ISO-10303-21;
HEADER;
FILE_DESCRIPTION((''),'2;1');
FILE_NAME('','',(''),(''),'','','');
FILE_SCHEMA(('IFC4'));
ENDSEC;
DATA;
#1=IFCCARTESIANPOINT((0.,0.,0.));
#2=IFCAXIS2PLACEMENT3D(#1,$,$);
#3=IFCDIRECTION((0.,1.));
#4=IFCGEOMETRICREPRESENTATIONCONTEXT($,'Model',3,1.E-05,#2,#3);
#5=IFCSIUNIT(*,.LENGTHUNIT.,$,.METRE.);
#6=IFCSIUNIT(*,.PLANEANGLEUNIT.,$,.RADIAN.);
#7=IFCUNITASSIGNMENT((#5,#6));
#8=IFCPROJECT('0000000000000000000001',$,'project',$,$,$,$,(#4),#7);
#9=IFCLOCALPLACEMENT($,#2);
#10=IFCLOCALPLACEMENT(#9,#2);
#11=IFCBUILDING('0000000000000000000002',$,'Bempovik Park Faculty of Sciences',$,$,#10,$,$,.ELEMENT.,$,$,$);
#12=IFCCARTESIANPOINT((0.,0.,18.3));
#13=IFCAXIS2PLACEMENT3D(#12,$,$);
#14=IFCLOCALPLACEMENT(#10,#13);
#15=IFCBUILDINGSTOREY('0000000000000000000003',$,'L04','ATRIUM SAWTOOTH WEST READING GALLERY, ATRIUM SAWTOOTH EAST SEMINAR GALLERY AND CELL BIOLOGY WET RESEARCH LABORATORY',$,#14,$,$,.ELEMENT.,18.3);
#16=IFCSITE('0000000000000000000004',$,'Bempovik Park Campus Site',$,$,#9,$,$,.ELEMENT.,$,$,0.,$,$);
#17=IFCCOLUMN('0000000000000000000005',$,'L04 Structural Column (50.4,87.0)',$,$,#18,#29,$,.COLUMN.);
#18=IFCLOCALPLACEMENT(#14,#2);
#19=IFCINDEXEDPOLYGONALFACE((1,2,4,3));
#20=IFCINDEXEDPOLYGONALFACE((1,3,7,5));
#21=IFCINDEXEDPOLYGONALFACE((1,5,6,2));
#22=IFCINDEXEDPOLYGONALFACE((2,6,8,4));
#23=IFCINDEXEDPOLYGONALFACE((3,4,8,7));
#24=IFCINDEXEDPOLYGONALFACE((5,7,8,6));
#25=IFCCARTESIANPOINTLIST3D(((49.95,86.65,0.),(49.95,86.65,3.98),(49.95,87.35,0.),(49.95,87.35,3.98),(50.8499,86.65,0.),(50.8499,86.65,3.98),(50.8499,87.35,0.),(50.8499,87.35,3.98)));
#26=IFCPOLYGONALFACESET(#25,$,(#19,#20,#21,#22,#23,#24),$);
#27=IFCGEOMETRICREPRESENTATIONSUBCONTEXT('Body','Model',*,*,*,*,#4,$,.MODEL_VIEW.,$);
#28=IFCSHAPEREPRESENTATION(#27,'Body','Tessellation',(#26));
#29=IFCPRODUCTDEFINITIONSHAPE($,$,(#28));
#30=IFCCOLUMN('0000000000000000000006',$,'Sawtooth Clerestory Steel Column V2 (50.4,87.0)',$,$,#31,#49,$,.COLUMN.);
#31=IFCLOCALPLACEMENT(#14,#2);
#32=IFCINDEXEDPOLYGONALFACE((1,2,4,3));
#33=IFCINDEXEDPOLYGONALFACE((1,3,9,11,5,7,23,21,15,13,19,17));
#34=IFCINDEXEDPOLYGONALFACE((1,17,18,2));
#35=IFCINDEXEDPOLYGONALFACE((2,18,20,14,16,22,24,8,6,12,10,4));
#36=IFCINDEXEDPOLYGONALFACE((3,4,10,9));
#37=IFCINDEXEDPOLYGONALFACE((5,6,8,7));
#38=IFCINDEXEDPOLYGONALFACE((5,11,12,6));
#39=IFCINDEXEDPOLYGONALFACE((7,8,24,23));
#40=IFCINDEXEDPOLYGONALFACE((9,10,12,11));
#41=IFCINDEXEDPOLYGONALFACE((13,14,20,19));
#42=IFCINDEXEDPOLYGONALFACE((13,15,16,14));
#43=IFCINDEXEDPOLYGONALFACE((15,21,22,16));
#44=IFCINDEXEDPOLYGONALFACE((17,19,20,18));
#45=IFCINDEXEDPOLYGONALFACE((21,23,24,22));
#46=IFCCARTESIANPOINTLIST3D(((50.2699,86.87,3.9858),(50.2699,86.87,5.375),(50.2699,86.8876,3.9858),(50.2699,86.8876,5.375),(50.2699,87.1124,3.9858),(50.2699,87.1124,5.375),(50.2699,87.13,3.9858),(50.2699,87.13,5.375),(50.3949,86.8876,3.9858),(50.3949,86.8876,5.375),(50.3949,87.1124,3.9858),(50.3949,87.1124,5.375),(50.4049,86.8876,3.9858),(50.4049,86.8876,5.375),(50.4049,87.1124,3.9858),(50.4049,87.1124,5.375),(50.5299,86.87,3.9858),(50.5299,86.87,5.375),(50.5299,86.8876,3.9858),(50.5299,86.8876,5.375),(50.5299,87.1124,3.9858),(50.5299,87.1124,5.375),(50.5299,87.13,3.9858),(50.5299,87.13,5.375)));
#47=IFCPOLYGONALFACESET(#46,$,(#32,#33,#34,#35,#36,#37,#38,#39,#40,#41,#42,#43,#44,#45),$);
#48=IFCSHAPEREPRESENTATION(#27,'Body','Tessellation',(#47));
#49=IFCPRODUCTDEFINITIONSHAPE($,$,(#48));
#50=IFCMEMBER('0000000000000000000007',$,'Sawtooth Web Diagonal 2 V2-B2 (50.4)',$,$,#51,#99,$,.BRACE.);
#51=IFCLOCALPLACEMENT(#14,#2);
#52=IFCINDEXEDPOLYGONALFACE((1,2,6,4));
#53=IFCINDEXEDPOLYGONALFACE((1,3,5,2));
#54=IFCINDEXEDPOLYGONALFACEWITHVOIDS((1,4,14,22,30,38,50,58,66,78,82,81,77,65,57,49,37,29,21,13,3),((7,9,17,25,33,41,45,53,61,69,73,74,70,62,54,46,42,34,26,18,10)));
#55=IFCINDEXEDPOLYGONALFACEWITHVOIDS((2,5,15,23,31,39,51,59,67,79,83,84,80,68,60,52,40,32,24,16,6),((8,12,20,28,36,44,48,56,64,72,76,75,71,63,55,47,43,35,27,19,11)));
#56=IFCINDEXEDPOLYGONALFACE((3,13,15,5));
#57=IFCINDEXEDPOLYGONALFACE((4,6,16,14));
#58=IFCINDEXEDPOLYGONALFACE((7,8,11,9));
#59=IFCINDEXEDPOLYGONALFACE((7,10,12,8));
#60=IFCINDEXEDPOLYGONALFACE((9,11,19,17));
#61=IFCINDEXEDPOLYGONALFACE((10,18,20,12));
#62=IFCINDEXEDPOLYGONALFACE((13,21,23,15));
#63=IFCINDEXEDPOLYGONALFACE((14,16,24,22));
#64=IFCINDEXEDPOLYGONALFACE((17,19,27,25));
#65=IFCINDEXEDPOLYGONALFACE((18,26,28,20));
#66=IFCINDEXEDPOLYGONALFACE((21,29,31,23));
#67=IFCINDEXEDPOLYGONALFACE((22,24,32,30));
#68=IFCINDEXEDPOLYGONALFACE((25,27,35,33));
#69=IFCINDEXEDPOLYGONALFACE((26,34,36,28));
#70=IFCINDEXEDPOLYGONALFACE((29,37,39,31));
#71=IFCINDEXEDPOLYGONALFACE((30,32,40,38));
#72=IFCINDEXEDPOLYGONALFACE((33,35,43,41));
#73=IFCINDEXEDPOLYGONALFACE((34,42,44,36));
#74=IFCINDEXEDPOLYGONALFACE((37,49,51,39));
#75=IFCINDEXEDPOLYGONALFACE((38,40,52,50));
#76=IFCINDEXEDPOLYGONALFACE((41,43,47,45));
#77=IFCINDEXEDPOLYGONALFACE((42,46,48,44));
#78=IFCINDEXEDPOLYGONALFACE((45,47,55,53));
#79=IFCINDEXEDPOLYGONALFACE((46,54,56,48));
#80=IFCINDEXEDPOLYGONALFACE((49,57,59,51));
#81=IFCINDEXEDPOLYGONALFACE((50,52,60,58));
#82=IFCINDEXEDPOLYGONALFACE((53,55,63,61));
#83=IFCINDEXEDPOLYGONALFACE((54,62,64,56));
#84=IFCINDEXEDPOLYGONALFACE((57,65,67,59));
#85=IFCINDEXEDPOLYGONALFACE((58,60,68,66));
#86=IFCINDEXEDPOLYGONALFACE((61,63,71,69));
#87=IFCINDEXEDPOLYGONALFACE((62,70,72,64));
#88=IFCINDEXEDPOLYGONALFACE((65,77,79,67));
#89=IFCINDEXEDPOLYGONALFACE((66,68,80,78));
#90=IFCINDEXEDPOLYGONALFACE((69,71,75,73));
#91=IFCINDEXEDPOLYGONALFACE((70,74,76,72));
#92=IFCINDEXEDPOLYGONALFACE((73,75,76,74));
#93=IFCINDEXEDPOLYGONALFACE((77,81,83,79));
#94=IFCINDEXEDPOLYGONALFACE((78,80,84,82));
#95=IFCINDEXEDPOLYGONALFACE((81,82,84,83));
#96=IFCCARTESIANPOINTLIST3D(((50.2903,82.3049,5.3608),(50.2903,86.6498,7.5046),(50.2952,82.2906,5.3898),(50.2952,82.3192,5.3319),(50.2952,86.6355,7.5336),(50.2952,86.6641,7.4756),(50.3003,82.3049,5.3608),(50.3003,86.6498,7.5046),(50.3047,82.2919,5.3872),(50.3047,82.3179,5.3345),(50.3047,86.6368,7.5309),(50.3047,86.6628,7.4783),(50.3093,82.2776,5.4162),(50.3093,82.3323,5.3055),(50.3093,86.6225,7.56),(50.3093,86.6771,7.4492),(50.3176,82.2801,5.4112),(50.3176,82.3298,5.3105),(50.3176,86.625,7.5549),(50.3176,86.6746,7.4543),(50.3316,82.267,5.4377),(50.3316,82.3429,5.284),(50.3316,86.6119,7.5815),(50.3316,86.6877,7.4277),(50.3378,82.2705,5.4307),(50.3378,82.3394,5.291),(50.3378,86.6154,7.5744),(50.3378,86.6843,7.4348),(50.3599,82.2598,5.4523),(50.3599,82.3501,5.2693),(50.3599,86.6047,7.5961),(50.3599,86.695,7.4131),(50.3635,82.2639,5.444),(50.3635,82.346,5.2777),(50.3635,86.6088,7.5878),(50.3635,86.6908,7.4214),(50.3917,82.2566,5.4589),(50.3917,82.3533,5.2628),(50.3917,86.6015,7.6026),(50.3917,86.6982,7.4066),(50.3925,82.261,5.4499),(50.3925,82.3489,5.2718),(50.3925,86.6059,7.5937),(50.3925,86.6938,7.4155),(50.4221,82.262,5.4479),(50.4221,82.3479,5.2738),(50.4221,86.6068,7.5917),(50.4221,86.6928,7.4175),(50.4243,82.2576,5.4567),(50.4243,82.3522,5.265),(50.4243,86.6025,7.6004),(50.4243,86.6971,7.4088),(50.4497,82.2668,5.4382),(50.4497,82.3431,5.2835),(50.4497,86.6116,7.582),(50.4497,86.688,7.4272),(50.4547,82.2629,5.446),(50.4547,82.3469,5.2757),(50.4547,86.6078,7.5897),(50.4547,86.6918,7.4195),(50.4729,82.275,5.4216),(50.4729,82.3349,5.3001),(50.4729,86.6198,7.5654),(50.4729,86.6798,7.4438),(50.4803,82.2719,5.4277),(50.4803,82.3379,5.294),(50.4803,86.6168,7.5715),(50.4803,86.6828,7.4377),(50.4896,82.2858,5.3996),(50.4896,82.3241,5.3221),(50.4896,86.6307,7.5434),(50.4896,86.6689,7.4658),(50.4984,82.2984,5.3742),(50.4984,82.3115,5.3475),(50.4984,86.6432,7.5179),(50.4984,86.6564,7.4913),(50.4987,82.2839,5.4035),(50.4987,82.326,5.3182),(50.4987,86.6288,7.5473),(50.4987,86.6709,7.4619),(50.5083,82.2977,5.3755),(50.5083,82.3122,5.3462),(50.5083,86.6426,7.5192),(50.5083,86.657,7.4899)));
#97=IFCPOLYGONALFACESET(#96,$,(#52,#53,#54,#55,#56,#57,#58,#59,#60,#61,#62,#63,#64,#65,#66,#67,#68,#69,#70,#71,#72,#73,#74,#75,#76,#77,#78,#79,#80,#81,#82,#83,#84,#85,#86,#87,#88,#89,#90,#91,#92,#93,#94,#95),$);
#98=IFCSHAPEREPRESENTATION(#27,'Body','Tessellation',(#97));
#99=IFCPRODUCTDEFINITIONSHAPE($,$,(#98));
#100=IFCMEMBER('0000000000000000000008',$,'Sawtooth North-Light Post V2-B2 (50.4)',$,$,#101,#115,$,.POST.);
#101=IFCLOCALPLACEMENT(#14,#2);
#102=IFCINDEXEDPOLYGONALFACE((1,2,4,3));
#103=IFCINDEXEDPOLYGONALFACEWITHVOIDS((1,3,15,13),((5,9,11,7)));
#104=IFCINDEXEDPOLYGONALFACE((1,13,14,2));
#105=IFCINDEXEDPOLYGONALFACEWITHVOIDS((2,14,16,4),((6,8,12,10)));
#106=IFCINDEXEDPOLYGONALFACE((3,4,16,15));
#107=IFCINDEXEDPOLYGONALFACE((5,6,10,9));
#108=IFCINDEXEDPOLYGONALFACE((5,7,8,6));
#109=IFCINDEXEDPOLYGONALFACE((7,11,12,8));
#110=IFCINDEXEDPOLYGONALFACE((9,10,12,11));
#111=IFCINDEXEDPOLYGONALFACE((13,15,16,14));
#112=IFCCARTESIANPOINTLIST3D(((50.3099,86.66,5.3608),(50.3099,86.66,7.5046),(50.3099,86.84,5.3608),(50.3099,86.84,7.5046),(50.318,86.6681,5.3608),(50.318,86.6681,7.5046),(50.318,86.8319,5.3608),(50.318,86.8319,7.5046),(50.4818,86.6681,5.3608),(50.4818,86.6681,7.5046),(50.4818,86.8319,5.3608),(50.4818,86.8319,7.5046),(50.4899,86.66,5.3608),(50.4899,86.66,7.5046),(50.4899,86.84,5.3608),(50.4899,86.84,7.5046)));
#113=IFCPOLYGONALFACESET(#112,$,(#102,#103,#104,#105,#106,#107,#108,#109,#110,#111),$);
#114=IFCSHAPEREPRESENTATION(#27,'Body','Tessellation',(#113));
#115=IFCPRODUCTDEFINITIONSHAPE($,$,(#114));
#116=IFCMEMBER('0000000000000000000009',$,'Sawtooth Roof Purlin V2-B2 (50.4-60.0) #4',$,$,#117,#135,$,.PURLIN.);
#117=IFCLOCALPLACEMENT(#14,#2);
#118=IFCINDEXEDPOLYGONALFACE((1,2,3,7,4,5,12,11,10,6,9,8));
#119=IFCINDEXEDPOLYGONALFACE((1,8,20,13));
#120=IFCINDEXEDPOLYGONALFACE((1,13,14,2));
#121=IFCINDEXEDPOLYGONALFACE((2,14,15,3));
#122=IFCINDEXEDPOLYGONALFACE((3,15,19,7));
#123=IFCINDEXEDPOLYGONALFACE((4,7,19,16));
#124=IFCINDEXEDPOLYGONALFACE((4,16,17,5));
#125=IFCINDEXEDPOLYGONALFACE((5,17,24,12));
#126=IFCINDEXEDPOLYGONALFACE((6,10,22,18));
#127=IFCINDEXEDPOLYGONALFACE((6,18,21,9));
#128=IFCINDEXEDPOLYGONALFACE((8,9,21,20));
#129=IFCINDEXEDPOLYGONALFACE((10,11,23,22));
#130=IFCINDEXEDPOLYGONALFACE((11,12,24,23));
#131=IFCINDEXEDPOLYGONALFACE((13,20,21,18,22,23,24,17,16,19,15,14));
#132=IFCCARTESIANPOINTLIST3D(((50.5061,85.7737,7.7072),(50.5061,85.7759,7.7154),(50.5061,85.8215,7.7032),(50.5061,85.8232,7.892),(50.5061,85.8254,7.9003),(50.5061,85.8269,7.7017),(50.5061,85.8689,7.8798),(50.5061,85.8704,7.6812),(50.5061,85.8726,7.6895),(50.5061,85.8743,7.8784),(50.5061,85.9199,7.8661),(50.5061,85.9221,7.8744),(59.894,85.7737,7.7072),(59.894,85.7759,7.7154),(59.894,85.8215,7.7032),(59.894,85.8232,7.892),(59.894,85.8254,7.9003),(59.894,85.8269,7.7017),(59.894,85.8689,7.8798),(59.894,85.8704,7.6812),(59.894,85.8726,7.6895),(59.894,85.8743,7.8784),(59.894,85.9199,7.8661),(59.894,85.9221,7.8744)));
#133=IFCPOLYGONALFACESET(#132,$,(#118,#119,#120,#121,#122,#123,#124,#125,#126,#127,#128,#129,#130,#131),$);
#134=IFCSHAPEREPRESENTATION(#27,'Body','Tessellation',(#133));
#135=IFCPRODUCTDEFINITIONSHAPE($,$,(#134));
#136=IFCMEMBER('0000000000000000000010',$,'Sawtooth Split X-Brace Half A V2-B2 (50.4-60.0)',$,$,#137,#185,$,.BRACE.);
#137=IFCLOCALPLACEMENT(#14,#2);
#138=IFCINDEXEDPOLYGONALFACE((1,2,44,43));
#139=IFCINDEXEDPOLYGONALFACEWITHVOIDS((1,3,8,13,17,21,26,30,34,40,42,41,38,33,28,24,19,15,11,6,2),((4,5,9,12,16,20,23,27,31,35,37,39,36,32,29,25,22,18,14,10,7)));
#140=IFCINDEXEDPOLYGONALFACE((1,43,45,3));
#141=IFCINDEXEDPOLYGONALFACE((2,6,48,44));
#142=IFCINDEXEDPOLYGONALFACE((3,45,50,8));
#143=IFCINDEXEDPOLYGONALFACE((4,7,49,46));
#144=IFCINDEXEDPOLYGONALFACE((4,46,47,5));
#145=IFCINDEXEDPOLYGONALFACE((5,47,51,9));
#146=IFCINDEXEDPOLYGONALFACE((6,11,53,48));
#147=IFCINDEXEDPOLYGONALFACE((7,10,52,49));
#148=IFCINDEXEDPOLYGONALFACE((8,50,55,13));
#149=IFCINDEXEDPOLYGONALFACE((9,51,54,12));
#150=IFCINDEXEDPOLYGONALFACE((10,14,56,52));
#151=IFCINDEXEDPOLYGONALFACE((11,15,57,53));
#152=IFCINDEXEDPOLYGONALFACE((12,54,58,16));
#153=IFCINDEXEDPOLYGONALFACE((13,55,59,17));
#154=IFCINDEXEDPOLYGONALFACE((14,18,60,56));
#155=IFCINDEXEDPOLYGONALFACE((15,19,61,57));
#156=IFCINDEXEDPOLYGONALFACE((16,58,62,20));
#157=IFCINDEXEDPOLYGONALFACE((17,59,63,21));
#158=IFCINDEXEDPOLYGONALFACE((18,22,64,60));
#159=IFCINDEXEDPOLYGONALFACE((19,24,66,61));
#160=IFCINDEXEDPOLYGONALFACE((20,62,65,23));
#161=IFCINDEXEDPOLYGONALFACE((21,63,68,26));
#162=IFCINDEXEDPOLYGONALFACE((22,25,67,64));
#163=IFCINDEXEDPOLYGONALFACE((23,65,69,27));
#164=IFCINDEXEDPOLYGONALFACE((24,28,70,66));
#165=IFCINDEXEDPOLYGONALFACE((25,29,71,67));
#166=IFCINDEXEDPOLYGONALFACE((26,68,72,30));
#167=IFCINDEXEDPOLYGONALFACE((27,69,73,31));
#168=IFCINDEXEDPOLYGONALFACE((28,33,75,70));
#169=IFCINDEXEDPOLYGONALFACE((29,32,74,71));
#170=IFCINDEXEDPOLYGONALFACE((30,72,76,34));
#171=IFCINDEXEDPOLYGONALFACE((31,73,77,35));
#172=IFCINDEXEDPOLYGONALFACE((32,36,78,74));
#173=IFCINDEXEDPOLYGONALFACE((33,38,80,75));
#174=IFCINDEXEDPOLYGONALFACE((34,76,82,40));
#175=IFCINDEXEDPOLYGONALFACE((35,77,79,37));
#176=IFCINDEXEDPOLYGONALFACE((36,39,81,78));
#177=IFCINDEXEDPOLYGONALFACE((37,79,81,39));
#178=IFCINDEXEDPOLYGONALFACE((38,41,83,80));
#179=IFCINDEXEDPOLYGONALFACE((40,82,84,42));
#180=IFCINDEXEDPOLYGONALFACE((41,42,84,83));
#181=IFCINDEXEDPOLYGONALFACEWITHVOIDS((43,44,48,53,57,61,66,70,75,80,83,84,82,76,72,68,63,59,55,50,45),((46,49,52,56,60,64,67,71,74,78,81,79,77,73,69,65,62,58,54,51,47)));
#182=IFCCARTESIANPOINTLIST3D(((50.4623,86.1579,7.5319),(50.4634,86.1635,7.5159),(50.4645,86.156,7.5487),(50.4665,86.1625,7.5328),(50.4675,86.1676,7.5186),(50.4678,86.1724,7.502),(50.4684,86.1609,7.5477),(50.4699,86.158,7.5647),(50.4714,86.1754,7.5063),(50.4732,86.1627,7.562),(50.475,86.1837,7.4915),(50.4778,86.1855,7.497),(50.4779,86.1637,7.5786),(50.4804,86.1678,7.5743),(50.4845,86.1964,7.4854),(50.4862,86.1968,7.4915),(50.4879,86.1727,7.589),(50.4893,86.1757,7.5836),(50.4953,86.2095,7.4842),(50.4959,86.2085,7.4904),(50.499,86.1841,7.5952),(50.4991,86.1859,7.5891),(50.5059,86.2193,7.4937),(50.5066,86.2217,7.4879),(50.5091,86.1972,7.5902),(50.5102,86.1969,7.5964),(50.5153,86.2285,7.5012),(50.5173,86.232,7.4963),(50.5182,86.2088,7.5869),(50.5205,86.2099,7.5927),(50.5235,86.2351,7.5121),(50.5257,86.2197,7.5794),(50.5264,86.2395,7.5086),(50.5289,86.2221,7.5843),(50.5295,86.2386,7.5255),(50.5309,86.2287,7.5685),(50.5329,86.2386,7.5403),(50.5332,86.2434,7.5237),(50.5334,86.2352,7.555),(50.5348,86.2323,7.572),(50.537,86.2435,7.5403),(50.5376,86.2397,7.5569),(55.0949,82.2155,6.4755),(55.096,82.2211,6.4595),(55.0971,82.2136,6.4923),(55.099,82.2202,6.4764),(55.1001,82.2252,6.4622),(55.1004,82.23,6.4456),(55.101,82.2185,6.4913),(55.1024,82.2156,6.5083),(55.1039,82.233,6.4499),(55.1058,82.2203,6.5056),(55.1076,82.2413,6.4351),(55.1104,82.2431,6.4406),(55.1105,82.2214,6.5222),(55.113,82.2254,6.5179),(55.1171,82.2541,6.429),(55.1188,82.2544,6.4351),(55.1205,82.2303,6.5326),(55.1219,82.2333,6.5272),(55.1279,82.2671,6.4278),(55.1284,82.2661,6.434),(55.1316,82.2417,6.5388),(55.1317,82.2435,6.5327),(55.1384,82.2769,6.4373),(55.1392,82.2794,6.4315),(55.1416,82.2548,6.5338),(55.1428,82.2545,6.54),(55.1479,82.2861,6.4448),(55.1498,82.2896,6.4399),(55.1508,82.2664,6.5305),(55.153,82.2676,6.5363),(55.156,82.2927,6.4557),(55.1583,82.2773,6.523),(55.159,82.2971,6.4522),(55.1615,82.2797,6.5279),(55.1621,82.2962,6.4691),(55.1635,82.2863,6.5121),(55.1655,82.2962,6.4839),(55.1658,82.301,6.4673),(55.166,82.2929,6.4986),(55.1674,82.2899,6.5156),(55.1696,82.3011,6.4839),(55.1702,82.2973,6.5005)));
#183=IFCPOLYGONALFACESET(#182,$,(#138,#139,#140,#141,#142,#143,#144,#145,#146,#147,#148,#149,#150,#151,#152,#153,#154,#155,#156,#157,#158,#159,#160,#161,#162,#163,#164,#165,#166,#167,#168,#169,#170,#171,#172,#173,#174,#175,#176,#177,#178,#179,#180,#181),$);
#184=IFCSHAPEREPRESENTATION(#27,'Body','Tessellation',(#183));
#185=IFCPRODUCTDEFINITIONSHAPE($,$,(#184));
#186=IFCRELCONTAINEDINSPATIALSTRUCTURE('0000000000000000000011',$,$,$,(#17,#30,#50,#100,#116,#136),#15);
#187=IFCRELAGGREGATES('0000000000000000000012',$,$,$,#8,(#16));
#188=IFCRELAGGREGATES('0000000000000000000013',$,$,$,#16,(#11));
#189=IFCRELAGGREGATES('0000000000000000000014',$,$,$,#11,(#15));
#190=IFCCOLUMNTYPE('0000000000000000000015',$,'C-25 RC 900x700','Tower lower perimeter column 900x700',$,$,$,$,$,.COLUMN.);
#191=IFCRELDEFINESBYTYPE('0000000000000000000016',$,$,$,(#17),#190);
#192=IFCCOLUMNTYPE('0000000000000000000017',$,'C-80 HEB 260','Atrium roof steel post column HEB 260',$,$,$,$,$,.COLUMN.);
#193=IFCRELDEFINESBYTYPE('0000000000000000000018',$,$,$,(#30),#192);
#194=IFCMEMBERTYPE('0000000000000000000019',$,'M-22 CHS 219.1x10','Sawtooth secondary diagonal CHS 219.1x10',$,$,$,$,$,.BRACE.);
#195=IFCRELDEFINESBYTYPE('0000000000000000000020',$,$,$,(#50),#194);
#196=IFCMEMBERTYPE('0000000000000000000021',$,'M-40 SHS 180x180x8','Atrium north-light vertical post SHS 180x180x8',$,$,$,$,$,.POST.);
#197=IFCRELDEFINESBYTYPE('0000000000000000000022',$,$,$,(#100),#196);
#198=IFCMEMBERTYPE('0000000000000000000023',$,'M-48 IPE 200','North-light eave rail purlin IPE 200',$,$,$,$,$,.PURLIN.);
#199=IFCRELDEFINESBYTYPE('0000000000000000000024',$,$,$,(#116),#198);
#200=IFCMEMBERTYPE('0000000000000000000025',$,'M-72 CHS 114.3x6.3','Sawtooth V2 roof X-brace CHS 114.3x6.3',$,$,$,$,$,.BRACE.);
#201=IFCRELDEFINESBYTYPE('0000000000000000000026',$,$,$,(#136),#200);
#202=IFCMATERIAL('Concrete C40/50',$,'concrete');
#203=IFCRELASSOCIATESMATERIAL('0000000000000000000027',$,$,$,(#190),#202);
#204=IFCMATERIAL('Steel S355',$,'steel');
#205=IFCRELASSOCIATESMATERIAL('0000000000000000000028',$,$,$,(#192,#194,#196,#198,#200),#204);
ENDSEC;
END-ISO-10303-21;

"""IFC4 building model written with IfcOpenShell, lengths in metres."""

from ifc_helpers import new_model, si_unit, direction, frame, origin, origin_2d, place, context, subcontext, project, spatial, rectangle, hollow_rectangle, hollow_circle, i_section, extrude, material, material_profile, profile_set, type_object, element, save


model = new_model("IFC4")

# Units and contexts
model_context = context("Model", 3, precision=1e-05, world=origin(), true_north=direction((0.0, 1.0)))
body_context = subcontext(model_context, "Body", "Model", "MODEL_VIEW")
ifc_project = project(units=[si_unit("LENGTHUNIT", "METRE"), si_unit("PLANEANGLEUNIT", "RADIAN")], contexts=[model_context])

# Site, building, storey
site_placement = place(None, origin())
site = spatial("IfcSite", under=ifc_project, at=site_placement, Name="Bempovik Park Campus Site", CompositionType="ELEMENT", RefElevation=0.0)
building_placement = place(site_placement, origin())
building = spatial("IfcBuilding", under=site, at=building_placement, Name="Bempovik Park Faculty of Sciences", CompositionType="ELEMENT")
storey_placement = place(building_placement, frame((0.0, 0.0, 18.3)))
storey = spatial("IfcBuildingStorey", under=building, at=storey_placement, Name="L04", Description="ATRIUM SAWTOOTH WEST READING GALLERY, ATRIUM SAWTOOTH EAST SEMINAR GALLERY AND CELL BIOLOGY WET RESEARCH LABORATORY", CompositionType="ELEMENT", Elevation=18.3)

# Columns
ifc_material_1 = material(Name="Concrete C40/50", Category="concrete")
ifc_material_profile_1 = material_profile(ifc_material_1, rectangle(XDim=0.8999, YDim=0.7, at=origin_2d()), Name="RC 900x700")
ifc_profile_set_1 = profile_set([ifc_material_profile_1], Name="Concrete C40/50")
column_type_1 = type_object("IfcColumnType", Name="C-25 RC 900x700", Description="Tower lower perimeter column 900x700", PredefinedType="COLUMN", material=ifc_profile_set_1)
column_1_placement = place(storey_placement, frame((50.3999, 87.0, 0.0), z_axis=(0.0, 0.0, 1.0), x_axis=(1.0, 0.0, 0.0)))
element("IfcColumn", 1, at=column_1_placement, inside=storey, type_object=column_type_1, Name="L04 Structural Column (50.4,87.0)", PredefinedType="COLUMN", context=body_context, shape_type="SweptSolid", body=[
    extrude(rectangle(XDim=0.8999, YDim=0.7, at=origin_2d()), origin(), (0.0, 0.0, 1.0), 3.98),
])
ifc_material_2 = material(Name="Steel S355", Category="steel")
ifc_material_profile_2 = material_profile(ifc_material_2, i_section(OverallWidth=0.26, OverallDepth=0.26, WebThickness=0.01, FlangeThickness=0.0176, at=origin_2d()), Name="HEB 260")
ifc_profile_set_2 = profile_set([ifc_material_profile_2], Name="Steel S355")
column_type_2 = type_object("IfcColumnType", Name="C-80 HEB 260", Description="Atrium roof steel post column HEB 260", PredefinedType="COLUMN", material=ifc_profile_set_2)
column_2_placement = place(storey_placement, frame((50.3999, 87.0, 3.9858), z_axis=(0.0, 0.0, 1.0), x_axis=(1.0, 0.0, 0.0)))
element("IfcColumn", 2, at=column_2_placement, inside=storey, type_object=column_type_2, Name="Sawtooth Clerestory Steel Column V2 (50.4,87.0)", PredefinedType="COLUMN", context=body_context, shape_type="SweptSolid", body=[
    extrude(i_section(OverallWidth=0.26, OverallDepth=0.26, WebThickness=0.01, FlangeThickness=0.0176, at=origin_2d()), origin(), (0.0, 0.0, 1.0), 1.3892),
])

# Members
ifc_material_profile_3 = material_profile(ifc_material_2, hollow_circle(Radius=0.1096, WallThickness=0.01, at=origin_2d()), Name="CHS 219.1x10")
ifc_profile_set_3 = profile_set([ifc_material_profile_3], Name="Steel S355")
member_type_1 = type_object("IfcMemberType", Name="M-22 CHS 219.1x10", Description="Sawtooth secondary diagonal CHS 219.1x10", PredefinedType="BRACE", material=ifc_profile_set_3)
member_1_placement = place(storey_placement, frame((50.3999, 82.3049, 5.3608), z_axis=(0.0, 0.896783, 0.442471), x_axis=(-1.0, 0.0, 0.0)))
element("IfcMember", 3, at=member_1_placement, inside=storey, type_object=member_type_1, Name="Sawtooth Web Diagonal 2 V2-B2 (50.4)", PredefinedType="BRACE", context=body_context, shape_type="SweptSolid", body=[
    extrude(hollow_circle(Radius=0.1096, WallThickness=0.01, at=origin_2d()), origin(), (0.0, 0.0, 1.0), 4.845),
])
ifc_material_profile_4 = material_profile(ifc_material_2, hollow_rectangle(XDim=0.1799, YDim=0.1799, WallThickness=0.0081, at=origin_2d()), Name="SHS 180x180x8")
ifc_profile_set_4 = profile_set([ifc_material_profile_4], Name="Steel S355")
member_type_2 = type_object("IfcMemberType", Name="M-40 SHS 180x180x8", Description="Atrium north-light vertical post SHS 180x180x8", PredefinedType="POST", material=ifc_profile_set_4)
member_2_placement = place(storey_placement, frame((50.3999, 86.75, 5.3608), z_axis=(0.0, 0.0, 1.0), x_axis=(1.0, 0.0, 0.0)))
element("IfcMember", 4, at=member_2_placement, inside=storey, type_object=member_type_2, Name="Sawtooth North-Light Post V2-B2 (50.4)", PredefinedType="POST", context=body_context, shape_type="SweptSolid", body=[
    extrude(hollow_rectangle(XDim=0.1799, YDim=0.1799, WallThickness=0.0081, at=origin_2d()), origin(), (0.0, 0.0, 1.0), 2.1438),
])
ifc_material_profile_5 = material_profile(ifc_material_2, i_section(OverallWidth=0.1001, OverallDepth=0.2, WebThickness=0.0056, FlangeThickness=0.0085, at=origin_2d()), Name="IPE 200")
ifc_profile_set_5 = profile_set([ifc_material_profile_5], Name="Steel S355")
member_type_3 = type_object("IfcMemberType", Name="M-48 IPE 200", Description="North-light eave rail purlin IPE 200", PredefinedType="PURLIN", material=ifc_profile_set_5)
member_3_placement = place(storey_placement, frame((50.5061, 85.8479, 7.7908), z_axis=(1.0, 0.0, 0.0), x_axis=(0.0, 0.965926, -0.258819)))
element("IfcMember", 5, at=member_3_placement, inside=storey, type_object=member_type_3, Name="Sawtooth Roof Purlin V2-B2 (50.4-60.0) #4", PredefinedType="PURLIN", context=body_context, shape_type="SweptSolid", body=[
    extrude(i_section(OverallWidth=0.1001, OverallDepth=0.2, WebThickness=0.0056, FlangeThickness=0.0085, at=origin_2d()), origin(), (0.0, 0.0, 1.0), 9.3879),
])
ifc_material_profile_6 = material_profile(ifc_material_2, hollow_circle(Radius=0.0571, WallThickness=0.0063, at=origin_2d()), Name="CHS 114.3x6.3")
ifc_profile_set_6 = profile_set([ifc_material_profile_6], Name="Steel S355")
member_type_4 = type_object("IfcMemberType", Name="M-72 CHS 114.3x6.3", Description="Sawtooth V2 roof X-brace CHS 114.3x6.3", PredefinedType="BRACE", material=ifc_profile_set_6)
member_4_placement = place(storey_placement, frame((50.5, 86.2, 7.5403), z_axis=(0.750327, -0.63854, -0.171102), x_axis=(0.648097, 0.761558, 0.0)))
element("IfcMember", 6, at=member_4_placement, inside=storey, type_object=member_type_4, Name="Sawtooth Split X-Brace Half A V2-B2 (50.4-60.0)", PredefinedType="BRACE", context=body_context, shape_type="SweptSolid", body=[
    extrude(hollow_circle(Radius=0.0571, WallThickness=0.0063, at=origin_2d()), origin(), (0.0, 0.0, 1.0), 6.1741),
])

save(model, "model.ifc")
